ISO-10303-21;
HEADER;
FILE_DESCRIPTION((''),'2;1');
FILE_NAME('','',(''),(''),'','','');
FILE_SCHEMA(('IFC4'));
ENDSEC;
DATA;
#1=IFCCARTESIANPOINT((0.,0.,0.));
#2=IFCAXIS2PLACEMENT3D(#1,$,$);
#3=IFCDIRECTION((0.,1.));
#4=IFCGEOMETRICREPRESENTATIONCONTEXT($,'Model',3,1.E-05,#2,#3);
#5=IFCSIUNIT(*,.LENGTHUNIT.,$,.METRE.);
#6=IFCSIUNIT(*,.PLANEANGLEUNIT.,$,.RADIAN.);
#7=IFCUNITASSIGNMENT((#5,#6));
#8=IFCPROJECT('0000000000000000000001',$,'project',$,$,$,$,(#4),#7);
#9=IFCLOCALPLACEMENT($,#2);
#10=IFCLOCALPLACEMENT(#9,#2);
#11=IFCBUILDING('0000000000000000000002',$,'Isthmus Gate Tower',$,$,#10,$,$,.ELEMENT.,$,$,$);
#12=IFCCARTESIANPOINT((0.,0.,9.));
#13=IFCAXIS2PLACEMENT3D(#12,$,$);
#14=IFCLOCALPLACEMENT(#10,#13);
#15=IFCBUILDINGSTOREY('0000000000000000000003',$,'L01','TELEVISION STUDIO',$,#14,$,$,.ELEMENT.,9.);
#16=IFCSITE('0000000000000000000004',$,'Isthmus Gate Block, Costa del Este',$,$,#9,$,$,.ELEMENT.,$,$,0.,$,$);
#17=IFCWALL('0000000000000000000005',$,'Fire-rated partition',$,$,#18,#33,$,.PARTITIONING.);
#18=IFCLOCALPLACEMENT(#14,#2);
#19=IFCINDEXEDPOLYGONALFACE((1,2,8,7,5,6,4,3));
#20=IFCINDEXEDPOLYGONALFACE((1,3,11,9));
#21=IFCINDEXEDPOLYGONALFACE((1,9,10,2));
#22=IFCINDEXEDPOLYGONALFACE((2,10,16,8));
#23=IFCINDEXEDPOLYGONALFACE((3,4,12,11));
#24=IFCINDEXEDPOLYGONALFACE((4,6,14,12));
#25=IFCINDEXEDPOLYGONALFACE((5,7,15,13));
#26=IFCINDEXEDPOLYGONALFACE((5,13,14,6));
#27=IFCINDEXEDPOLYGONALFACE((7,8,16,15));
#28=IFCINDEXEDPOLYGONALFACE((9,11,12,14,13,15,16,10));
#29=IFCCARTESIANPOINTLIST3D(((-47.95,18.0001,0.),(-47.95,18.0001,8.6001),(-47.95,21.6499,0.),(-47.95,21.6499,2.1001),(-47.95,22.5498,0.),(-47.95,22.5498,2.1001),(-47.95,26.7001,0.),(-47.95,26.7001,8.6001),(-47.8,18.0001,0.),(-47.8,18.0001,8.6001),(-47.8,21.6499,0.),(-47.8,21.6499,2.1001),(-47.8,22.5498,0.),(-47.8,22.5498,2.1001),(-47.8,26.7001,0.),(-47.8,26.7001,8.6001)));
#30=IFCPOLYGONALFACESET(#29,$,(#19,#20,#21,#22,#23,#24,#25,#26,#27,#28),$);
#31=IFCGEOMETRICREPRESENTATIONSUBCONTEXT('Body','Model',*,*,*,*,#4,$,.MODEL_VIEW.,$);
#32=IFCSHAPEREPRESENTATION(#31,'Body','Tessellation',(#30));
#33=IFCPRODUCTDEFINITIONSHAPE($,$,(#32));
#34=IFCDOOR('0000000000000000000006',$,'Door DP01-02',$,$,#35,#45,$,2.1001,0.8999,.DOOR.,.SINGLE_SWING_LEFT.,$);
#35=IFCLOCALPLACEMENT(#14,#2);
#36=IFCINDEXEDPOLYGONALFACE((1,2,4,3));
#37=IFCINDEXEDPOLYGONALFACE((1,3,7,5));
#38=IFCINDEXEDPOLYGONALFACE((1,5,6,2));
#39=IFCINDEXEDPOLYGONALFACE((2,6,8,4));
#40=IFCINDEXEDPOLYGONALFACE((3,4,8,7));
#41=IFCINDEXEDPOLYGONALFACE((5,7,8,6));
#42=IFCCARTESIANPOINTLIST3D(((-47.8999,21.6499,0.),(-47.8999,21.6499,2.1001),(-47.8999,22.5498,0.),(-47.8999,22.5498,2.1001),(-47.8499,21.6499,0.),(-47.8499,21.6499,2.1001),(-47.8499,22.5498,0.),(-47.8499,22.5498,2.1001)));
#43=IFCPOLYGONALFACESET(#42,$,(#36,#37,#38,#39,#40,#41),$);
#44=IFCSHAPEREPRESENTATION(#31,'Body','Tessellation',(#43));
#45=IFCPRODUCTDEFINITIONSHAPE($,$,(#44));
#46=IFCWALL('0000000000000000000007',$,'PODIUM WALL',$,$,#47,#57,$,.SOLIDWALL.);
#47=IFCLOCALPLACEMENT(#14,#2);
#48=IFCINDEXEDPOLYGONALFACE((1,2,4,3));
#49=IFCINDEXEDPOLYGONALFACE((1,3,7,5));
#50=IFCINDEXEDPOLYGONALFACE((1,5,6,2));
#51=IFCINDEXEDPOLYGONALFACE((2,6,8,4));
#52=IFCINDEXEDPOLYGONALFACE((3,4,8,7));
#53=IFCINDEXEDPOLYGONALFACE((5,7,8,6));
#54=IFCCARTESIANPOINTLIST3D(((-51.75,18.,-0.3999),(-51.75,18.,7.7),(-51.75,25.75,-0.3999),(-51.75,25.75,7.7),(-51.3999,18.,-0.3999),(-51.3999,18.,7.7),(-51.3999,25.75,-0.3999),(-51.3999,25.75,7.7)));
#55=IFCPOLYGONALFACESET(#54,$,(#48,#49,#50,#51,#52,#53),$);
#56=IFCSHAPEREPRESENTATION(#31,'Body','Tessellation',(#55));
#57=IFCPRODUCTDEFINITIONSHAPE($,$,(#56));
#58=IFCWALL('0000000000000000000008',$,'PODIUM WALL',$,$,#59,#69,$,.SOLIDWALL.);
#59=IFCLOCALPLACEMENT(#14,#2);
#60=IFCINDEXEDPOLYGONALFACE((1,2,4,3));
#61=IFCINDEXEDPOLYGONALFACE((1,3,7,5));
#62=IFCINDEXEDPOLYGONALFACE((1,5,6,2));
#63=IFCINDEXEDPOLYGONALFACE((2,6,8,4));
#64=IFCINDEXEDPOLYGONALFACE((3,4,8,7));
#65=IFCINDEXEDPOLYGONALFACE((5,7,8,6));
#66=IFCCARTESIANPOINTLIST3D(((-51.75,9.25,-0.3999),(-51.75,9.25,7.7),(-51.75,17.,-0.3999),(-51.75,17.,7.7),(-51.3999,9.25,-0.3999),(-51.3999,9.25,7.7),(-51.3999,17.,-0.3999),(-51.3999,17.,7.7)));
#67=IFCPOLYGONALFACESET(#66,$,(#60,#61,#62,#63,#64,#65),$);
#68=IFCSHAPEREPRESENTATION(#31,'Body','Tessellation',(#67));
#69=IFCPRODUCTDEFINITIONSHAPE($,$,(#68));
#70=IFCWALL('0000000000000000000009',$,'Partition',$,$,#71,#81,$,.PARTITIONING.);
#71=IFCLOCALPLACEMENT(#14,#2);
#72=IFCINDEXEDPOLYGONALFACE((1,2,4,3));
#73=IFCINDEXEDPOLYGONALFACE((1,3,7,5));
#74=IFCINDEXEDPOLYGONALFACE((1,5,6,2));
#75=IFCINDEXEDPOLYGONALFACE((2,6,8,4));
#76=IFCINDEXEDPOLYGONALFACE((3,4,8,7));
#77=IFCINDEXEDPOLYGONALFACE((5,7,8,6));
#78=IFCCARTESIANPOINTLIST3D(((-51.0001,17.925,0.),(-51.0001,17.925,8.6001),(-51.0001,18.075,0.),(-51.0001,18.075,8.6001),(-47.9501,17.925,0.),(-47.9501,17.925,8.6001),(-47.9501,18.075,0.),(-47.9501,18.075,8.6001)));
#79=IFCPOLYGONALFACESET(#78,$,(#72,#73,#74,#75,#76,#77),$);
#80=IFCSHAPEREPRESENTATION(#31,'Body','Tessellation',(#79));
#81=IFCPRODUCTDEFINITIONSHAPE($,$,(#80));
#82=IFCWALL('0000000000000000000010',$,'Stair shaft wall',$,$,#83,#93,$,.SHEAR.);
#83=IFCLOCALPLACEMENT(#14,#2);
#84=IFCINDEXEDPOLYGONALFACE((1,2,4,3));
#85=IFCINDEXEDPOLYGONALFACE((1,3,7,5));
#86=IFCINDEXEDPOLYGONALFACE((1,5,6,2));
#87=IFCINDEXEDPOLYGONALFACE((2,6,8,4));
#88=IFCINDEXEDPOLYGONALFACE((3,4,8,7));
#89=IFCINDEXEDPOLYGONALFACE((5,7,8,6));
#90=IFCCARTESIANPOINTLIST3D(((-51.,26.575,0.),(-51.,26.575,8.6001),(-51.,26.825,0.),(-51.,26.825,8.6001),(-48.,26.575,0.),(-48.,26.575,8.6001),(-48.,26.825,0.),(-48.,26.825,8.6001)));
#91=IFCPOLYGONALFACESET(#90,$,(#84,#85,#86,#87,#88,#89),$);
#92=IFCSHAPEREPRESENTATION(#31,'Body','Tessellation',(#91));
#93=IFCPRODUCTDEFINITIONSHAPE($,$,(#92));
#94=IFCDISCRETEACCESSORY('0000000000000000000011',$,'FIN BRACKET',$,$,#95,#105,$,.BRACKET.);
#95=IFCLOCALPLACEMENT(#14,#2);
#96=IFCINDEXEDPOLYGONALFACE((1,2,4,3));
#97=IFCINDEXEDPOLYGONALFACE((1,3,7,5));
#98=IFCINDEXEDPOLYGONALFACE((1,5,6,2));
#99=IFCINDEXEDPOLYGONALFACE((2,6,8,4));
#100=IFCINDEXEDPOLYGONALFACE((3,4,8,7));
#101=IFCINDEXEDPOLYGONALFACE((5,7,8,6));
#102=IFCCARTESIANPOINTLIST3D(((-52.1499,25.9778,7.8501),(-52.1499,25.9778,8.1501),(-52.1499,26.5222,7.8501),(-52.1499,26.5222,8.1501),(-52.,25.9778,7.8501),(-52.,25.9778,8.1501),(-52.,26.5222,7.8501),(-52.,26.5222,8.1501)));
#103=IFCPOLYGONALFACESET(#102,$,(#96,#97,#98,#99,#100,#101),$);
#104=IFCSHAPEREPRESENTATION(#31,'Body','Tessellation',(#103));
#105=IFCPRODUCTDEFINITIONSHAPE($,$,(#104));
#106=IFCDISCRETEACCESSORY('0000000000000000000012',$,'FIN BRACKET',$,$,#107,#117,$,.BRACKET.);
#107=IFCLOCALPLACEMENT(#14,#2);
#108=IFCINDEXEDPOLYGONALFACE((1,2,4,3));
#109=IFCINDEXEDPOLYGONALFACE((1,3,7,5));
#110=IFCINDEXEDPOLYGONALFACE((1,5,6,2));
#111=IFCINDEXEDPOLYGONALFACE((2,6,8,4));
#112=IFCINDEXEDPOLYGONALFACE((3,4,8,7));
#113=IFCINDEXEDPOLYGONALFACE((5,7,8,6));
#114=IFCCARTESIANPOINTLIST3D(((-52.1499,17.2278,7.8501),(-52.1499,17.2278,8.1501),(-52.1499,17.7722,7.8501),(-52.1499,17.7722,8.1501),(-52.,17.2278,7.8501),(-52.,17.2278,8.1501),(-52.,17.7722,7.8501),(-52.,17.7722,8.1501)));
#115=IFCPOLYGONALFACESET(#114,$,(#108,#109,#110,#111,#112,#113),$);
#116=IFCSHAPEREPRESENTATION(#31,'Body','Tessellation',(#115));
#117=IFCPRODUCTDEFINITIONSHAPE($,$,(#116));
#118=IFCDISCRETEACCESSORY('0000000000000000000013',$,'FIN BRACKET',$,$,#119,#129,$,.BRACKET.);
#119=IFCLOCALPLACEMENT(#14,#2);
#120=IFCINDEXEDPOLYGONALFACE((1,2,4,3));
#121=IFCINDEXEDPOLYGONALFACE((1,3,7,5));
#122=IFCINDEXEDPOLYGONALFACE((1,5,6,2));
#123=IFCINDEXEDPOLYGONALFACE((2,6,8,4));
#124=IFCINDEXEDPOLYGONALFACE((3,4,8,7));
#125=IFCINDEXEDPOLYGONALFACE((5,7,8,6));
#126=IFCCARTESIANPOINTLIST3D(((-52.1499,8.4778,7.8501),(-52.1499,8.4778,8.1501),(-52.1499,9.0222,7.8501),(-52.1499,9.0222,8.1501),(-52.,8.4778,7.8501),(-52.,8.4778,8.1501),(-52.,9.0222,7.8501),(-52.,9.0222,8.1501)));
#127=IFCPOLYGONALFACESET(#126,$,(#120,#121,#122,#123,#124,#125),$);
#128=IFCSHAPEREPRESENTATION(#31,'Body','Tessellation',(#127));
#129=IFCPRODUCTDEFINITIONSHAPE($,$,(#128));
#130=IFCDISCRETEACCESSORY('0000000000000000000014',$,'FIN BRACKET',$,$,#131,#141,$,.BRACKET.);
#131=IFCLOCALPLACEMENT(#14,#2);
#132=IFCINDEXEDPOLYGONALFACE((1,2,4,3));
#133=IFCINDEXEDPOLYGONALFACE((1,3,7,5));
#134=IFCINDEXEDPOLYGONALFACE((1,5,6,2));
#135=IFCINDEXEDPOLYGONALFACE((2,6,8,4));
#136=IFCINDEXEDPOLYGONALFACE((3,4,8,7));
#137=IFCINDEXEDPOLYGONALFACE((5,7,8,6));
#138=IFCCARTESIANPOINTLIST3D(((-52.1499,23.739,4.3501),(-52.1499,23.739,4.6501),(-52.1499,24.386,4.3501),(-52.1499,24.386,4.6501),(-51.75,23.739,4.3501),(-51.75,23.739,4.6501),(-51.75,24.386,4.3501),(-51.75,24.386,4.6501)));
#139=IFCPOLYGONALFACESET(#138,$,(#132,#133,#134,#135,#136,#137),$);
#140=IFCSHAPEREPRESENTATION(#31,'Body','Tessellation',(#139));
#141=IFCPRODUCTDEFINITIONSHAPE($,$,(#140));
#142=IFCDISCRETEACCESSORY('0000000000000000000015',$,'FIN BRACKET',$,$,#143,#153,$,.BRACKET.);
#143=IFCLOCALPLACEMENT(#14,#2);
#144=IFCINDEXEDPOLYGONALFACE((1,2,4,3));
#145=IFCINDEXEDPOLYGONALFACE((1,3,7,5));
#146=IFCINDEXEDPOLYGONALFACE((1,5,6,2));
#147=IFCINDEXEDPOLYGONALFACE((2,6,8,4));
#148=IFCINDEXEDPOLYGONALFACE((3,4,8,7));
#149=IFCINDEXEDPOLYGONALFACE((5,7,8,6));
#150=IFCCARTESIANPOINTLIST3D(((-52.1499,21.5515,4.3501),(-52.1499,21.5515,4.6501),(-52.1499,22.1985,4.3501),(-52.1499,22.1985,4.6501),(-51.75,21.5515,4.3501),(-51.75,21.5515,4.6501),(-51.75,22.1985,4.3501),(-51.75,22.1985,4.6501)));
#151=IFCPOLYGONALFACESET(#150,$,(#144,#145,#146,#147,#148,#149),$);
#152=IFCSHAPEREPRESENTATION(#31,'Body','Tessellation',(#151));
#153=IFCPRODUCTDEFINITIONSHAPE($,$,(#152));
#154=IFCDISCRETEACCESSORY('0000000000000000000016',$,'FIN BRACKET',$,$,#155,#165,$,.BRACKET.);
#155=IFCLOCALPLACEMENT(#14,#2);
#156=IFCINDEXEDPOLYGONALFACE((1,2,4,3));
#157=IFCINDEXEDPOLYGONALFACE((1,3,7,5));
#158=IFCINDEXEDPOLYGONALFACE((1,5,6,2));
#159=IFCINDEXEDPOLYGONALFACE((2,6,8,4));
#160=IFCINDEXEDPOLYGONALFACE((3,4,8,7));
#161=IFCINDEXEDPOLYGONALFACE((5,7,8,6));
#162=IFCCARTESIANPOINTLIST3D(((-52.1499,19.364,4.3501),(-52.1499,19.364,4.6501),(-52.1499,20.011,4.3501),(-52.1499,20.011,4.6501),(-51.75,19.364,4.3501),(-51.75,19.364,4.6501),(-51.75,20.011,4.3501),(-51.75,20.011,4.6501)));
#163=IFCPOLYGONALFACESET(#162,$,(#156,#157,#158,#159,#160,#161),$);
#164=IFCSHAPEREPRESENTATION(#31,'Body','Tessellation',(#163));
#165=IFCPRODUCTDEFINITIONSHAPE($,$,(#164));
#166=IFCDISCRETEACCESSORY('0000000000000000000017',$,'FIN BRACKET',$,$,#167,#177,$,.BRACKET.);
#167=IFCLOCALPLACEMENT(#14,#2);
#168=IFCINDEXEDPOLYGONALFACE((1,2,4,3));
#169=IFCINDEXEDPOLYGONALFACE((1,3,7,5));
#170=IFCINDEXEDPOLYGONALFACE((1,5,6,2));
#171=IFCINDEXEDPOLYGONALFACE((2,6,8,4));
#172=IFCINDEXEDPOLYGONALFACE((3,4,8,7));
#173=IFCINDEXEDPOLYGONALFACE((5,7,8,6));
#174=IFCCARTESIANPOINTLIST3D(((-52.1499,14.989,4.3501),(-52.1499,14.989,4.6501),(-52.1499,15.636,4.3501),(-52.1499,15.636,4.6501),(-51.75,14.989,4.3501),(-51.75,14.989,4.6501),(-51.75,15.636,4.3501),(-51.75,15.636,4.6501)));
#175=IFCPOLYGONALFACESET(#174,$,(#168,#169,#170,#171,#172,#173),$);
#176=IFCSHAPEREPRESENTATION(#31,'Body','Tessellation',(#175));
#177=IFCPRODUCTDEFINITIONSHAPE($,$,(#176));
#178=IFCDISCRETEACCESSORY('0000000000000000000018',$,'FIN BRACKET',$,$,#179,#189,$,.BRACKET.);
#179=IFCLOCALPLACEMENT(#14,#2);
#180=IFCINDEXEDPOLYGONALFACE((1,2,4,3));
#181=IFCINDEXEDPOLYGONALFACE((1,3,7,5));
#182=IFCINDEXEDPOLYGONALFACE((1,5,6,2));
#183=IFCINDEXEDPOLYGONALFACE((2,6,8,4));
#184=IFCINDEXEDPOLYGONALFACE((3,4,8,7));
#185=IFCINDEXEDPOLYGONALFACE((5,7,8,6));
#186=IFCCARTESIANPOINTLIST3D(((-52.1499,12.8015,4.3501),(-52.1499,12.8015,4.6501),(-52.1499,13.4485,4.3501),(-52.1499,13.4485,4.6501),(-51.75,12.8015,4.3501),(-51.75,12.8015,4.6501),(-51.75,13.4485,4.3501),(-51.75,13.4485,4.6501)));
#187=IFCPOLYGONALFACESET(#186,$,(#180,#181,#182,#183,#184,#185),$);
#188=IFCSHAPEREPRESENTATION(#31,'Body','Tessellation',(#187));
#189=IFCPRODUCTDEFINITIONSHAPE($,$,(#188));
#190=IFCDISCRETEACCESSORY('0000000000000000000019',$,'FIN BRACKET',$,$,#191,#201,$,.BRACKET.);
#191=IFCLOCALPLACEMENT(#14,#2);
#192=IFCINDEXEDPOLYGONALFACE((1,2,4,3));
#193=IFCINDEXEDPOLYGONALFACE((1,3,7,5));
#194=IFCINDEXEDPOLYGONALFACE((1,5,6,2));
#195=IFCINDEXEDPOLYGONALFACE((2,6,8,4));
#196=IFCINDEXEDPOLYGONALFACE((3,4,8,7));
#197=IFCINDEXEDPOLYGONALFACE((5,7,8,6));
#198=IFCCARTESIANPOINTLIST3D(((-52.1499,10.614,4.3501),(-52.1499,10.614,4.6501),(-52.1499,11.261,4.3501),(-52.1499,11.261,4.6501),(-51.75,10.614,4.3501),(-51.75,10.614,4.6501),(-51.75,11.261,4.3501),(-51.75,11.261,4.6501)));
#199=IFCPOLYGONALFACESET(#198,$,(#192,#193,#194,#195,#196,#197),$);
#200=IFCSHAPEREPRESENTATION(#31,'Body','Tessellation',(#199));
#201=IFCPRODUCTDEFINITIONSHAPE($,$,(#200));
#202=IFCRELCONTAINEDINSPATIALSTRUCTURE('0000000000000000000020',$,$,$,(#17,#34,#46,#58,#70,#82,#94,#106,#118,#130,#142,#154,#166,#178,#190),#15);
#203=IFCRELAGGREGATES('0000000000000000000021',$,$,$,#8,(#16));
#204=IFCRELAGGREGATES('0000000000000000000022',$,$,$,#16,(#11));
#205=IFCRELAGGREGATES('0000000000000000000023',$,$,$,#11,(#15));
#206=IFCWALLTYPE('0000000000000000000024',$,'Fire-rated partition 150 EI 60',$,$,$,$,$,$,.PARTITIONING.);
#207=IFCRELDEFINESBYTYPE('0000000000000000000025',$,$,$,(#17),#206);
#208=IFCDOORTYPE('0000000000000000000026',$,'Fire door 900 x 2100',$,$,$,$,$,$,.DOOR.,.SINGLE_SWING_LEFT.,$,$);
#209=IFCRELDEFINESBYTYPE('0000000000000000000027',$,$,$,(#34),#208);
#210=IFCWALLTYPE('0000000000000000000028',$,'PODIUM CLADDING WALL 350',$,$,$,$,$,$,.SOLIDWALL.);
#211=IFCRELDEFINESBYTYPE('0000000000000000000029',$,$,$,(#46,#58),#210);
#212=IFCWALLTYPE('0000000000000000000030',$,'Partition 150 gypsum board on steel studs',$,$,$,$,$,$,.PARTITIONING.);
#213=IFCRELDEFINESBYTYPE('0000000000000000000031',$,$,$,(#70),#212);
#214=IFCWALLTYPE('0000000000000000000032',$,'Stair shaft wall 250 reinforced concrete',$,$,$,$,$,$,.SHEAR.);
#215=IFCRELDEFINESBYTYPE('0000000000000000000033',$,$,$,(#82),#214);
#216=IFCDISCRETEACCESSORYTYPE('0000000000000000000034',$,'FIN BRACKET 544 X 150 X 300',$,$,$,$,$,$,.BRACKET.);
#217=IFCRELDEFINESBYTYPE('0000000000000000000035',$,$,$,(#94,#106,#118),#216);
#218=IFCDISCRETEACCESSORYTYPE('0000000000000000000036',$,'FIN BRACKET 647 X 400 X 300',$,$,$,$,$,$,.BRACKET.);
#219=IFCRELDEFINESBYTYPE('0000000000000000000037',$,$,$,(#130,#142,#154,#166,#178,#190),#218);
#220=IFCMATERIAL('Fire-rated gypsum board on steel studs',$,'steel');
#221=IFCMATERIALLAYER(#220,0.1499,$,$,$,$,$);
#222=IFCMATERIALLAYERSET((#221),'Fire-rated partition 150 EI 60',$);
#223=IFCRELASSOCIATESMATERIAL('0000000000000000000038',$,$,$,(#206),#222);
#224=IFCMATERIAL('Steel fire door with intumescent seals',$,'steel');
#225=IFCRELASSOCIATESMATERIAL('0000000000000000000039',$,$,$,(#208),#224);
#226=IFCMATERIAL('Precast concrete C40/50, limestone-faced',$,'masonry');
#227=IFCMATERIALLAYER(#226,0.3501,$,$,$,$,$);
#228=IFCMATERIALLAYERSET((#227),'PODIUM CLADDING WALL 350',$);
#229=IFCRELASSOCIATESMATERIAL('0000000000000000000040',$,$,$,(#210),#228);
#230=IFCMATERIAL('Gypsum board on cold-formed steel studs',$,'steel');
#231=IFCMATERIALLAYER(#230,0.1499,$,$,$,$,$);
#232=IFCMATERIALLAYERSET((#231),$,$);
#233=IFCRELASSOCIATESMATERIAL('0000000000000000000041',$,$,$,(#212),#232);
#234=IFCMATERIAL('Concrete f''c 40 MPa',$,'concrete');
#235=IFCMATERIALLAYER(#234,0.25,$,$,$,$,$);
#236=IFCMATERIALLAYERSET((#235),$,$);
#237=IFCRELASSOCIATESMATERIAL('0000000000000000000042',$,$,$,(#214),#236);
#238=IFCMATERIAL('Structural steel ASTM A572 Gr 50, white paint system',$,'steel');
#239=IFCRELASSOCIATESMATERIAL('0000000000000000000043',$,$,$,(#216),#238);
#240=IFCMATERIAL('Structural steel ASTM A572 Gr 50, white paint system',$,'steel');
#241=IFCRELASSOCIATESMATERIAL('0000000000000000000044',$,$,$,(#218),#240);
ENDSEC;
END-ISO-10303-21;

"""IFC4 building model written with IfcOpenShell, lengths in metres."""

from ifc_helpers import new_model, si_unit, direction, frame, frame_2d, origin, origin_2d, place, context, subcontext, project, spatial, rectangle, extrude, material, layer, layer_set, type_object, element, fill, save


model = new_model("IFC4")

# Units and contexts
model_context = context("Model", 3, precision=1e-05, world=origin(), true_north=direction((0.0, 1.0)))
body_context = subcontext(model_context, "Body", "Model", "MODEL_VIEW")
ifc_project = project(units=[si_unit("LENGTHUNIT", "METRE"), si_unit("PLANEANGLEUNIT", "RADIAN")], contexts=[model_context])

# Site, building, storey
site_placement = place(None, origin())
site = spatial("IfcSite", under=ifc_project, at=site_placement, Name="Isthmus Gate Block, Costa del Este", CompositionType="ELEMENT", RefElevation=0.0)
building_placement = place(site_placement, origin())
building = spatial("IfcBuilding", under=site, at=building_placement, Name="Isthmus Gate Tower", CompositionType="ELEMENT")
storey_placement = place(building_placement, frame((0.0, 0.0, 9.0)))
storey = spatial("IfcBuildingStorey", under=building, at=storey_placement, Name="L01", Description="TELEVISION STUDIO", CompositionType="ELEMENT", Elevation=9.0)

# Wall, opening, door
ifc_material_1 = material(Name="Fire-rated gypsum board on steel studs", Category="steel")
ifc_layer_1 = layer(ifc_material_1, 0.1499)
ifc_layer_set_1 = layer_set([ifc_layer_1], Name="Fire-rated partition 150 EI 60")
wall_type_1 = type_object("IfcWallType", Name="Fire-rated partition 150 EI 60", PredefinedType="PARTITIONING", material=ifc_layer_set_1)
wall_1_placement = place(storey_placement, frame((-47.875, 18.0, 0.0), z_axis=(0.0, 0.0, 1.0), x_axis=(0.0, 1.0, 0.0)))
wall_1 = element("IfcWall", 1, at=wall_1_placement, inside=storey, type_object=wall_type_1, Name="Fire-rated partition", PredefinedType="PARTITIONING", context=body_context, shape_type="SweptSolid", body=[
    extrude(rectangle(XDim=8.7, YDim=0.1499, at=frame_2d((4.3501, 0.0))), origin(), (0.0, 0.0, 1.0), 8.6001),
])
opening_1_placement = place(wall_1_placement, frame((3.6499, 0.0, 0.0)))
opening_1 = element("IfcOpeningElement", 2, at=opening_1_placement, cuts=wall_1, PredefinedType="OPENING", context=body_context, shape_type="SweptSolid", body=[
    extrude(rectangle(XDim=0.8999, YDim=2.1001, at=frame_2d((0.45, 1.05))), frame((0.0, 0.085, 0.0), z_axis=(0.0, -1.0, 0.0), x_axis=(1.0, 0.0, 0.0)), (0.0, 0.0, 1.0), 0.1699),
])
ifc_material_2 = material(Name="Steel fire door with intumescent seals", Category="steel")
door_type_1 = type_object("IfcDoorType", Name="Fire door 900 x 2100", OperationType="SINGLE_SWING_LEFT", PredefinedType="DOOR", material=ifc_material_2)
door_1_placement = place(opening_1_placement, origin())
door_1 = element("IfcDoor", 3, at=door_1_placement, inside=storey, type_object=door_type_1, Name="Door DP01-02", OperationType="SINGLE_SWING_LEFT", OverallHeight=2.1001, OverallWidth=0.8999, PredefinedType="DOOR", context=body_context, shape_type="SweptSolid", body=[
    extrude(rectangle(XDim=0.8999, YDim=2.1001, at=frame_2d((0.45, 1.05))), frame((0.0, 0.0249, 0.0), z_axis=(0.0, -1.0, 0.0), x_axis=(1.0, 0.0, 0.0)), (0.0, 0.0, 1.0), 0.05),
])
fill(opening_1, door_1)

# Walls
ifc_material_3 = material(Name="Precast concrete C40/50, limestone-faced", Category="masonry")
ifc_layer_2 = layer(ifc_material_3, 0.3501)
ifc_layer_set_2 = layer_set([ifc_layer_2], Name="PODIUM CLADDING WALL 350")
wall_type_2 = type_object("IfcWallType", Name="PODIUM CLADDING WALL 350", PredefinedType="SOLIDWALL", material=ifc_layer_set_2)
for number, where, z_axis, x_axis, name in (
    (4, (-51.575, 25.75, -0.3999), (0.0, 0.0, 1.0), (0.0, -1.0, 0.0), "PODIUM WALL"),
    (5, (-51.575, 17.0, -0.3999), (0.0, 0.0, 1.0), (0.0, -1.0, 0.0), "PODIUM WALL"),
):
    element("IfcWall", number, at=place(storey_placement, frame(where, z_axis=z_axis, x_axis=x_axis)), inside=storey, type_object=wall_type_2, Name=name, PredefinedType="SOLIDWALL", context=body_context, shape_type="SweptSolid", body=[
        extrude(rectangle(XDim=7.75, YDim=0.3501, at=frame_2d((3.875, 0.0))), origin(), (0.0, 0.0, 1.0), 8.0999),
    ])
ifc_material_4 = material(Name="Gypsum board on cold-formed steel studs", Category="steel")
ifc_layer_3 = layer(ifc_material_4, 0.1499)
ifc_layer_set_3 = layer_set([ifc_layer_3])
wall_type_3 = type_object("IfcWallType", Name="Partition 150 gypsum board on steel studs", PredefinedType="PARTITIONING", material=ifc_layer_set_3)
wall_2_placement = place(storey_placement, frame((-51.0, 18.0, 0.0), z_axis=(0.0, 0.0, 1.0), x_axis=(1.0, 0.0, 0.0)))
element("IfcWall", 6, at=wall_2_placement, inside=storey, type_object=wall_type_3, Name="Partition", PredefinedType="PARTITIONING", context=body_context, shape_type="SweptSolid", body=[
    extrude(rectangle(XDim=3.05, YDim=0.1499, at=frame_2d((1.5249, 0.0))), origin(), (0.0, 0.0, 1.0), 8.6001),
])
ifc_material_5 = material(Name="Concrete f'c 40 MPa", Category="concrete")
ifc_layer_4 = layer(ifc_material_5, 0.25)
ifc_layer_set_4 = layer_set([ifc_layer_4])
wall_type_4 = type_object("IfcWallType", Name="Stair shaft wall 250 reinforced concrete", PredefinedType="SHEAR", material=ifc_layer_set_4)
wall_3_placement = place(storey_placement, frame((-51.0, 26.7, 0.0), z_axis=(0.0, 0.0, 1.0), x_axis=(1.0, 0.0, 0.0)))
element("IfcWall", 7, at=wall_3_placement, inside=storey, type_object=wall_type_4, Name="Stair shaft wall", PredefinedType="SHEAR", context=body_context, shape_type="SweptSolid", body=[
    extrude(rectangle(XDim=3.0, YDim=0.25, at=frame_2d((1.5, 0.0))), origin(), (0.0, 0.0, 1.0), 8.6001),
])

# Discrete accessories
ifc_material_6 = material(Name="Structural steel ASTM A572 Gr 50, white paint system", Category="steel")
discrete_accessory_type_1 = type_object("IfcDiscreteAccessoryType", Name="FIN BRACKET 544 X 150 X 300", PredefinedType="BRACKET", material=ifc_material_6)
for number, where, z_axis, x_axis, name in (
    (8, (-52.075, 26.25, 7.8501), (0.0, 0.0, 1.0), (-1.0, 0.0, 0.0), "FIN BRACKET"),
    (9, (-52.075, 17.5, 7.8501), (0.0, 0.0, 1.0), (-1.0, 0.0, 0.0), "FIN BRACKET"),
    (10, (-52.075, 8.75, 7.8501), (0.0, 0.0, 1.0), (-1.0, 0.0, 0.0), "FIN BRACKET"),
):
    element("IfcDiscreteAccessory", number, at=place(storey_placement, frame(where, z_axis=z_axis, x_axis=x_axis)), inside=storey, type_object=discrete_accessory_type_1, Name=name, PredefinedType="BRACKET", context=body_context, shape_type="SweptSolid", body=[
        extrude(rectangle(XDim=0.1499, YDim=0.5444, at=origin_2d()), origin(), (0.0, 0.0, 1.0), 0.3),
    ])
ifc_material_7 = material(Name="Structural steel ASTM A572 Gr 50, white paint system", Category="steel")
discrete_accessory_type_2 = type_object("IfcDiscreteAccessoryType", Name="FIN BRACKET 647 X 400 X 300", PredefinedType="BRACKET", material=ifc_material_7)
for number, where, z_axis, x_axis, name in (
    (11, (-51.95, 24.0625, 4.3501), (0.0, 0.0, 1.0), (-1.0, 0.0, 0.0), "FIN BRACKET"),
    (12, (-51.95, 21.875, 4.3501), (0.0, 0.0, 1.0), (-1.0, 0.0, 0.0), "FIN BRACKET"),
    (13, (-51.95, 19.6875, 4.3501), (0.0, 0.0, 1.0), (-1.0, 0.0, 0.0), "FIN BRACKET"),
    (14, (-51.95, 15.3125, 4.3501), (0.0, 0.0, 1.0), (-1.0, 0.0, 0.0), "FIN BRACKET"),
    (15, (-51.95, 13.125, 4.3501), (0.0, 0.0, 1.0), (-1.0, 0.0, 0.0), "FIN BRACKET"),
    (16, (-51.95, 10.9375, 4.3501), (0.0, 0.0, 1.0), (-1.0, 0.0, 0.0), "FIN BRACKET"),
):
    element("IfcDiscreteAccessory", number, at=place(storey_placement, frame(where, z_axis=z_axis, x_axis=x_axis)), inside=storey, type_object=discrete_accessory_type_2, Name=name, PredefinedType="BRACKET", context=body_context, shape_type="SweptSolid", body=[
        extrude(rectangle(XDim=0.3999, YDim=0.647, at=origin_2d()), origin(), (0.0, 0.0, 1.0), 0.3),
    ])

save(model, "model.ifc")
